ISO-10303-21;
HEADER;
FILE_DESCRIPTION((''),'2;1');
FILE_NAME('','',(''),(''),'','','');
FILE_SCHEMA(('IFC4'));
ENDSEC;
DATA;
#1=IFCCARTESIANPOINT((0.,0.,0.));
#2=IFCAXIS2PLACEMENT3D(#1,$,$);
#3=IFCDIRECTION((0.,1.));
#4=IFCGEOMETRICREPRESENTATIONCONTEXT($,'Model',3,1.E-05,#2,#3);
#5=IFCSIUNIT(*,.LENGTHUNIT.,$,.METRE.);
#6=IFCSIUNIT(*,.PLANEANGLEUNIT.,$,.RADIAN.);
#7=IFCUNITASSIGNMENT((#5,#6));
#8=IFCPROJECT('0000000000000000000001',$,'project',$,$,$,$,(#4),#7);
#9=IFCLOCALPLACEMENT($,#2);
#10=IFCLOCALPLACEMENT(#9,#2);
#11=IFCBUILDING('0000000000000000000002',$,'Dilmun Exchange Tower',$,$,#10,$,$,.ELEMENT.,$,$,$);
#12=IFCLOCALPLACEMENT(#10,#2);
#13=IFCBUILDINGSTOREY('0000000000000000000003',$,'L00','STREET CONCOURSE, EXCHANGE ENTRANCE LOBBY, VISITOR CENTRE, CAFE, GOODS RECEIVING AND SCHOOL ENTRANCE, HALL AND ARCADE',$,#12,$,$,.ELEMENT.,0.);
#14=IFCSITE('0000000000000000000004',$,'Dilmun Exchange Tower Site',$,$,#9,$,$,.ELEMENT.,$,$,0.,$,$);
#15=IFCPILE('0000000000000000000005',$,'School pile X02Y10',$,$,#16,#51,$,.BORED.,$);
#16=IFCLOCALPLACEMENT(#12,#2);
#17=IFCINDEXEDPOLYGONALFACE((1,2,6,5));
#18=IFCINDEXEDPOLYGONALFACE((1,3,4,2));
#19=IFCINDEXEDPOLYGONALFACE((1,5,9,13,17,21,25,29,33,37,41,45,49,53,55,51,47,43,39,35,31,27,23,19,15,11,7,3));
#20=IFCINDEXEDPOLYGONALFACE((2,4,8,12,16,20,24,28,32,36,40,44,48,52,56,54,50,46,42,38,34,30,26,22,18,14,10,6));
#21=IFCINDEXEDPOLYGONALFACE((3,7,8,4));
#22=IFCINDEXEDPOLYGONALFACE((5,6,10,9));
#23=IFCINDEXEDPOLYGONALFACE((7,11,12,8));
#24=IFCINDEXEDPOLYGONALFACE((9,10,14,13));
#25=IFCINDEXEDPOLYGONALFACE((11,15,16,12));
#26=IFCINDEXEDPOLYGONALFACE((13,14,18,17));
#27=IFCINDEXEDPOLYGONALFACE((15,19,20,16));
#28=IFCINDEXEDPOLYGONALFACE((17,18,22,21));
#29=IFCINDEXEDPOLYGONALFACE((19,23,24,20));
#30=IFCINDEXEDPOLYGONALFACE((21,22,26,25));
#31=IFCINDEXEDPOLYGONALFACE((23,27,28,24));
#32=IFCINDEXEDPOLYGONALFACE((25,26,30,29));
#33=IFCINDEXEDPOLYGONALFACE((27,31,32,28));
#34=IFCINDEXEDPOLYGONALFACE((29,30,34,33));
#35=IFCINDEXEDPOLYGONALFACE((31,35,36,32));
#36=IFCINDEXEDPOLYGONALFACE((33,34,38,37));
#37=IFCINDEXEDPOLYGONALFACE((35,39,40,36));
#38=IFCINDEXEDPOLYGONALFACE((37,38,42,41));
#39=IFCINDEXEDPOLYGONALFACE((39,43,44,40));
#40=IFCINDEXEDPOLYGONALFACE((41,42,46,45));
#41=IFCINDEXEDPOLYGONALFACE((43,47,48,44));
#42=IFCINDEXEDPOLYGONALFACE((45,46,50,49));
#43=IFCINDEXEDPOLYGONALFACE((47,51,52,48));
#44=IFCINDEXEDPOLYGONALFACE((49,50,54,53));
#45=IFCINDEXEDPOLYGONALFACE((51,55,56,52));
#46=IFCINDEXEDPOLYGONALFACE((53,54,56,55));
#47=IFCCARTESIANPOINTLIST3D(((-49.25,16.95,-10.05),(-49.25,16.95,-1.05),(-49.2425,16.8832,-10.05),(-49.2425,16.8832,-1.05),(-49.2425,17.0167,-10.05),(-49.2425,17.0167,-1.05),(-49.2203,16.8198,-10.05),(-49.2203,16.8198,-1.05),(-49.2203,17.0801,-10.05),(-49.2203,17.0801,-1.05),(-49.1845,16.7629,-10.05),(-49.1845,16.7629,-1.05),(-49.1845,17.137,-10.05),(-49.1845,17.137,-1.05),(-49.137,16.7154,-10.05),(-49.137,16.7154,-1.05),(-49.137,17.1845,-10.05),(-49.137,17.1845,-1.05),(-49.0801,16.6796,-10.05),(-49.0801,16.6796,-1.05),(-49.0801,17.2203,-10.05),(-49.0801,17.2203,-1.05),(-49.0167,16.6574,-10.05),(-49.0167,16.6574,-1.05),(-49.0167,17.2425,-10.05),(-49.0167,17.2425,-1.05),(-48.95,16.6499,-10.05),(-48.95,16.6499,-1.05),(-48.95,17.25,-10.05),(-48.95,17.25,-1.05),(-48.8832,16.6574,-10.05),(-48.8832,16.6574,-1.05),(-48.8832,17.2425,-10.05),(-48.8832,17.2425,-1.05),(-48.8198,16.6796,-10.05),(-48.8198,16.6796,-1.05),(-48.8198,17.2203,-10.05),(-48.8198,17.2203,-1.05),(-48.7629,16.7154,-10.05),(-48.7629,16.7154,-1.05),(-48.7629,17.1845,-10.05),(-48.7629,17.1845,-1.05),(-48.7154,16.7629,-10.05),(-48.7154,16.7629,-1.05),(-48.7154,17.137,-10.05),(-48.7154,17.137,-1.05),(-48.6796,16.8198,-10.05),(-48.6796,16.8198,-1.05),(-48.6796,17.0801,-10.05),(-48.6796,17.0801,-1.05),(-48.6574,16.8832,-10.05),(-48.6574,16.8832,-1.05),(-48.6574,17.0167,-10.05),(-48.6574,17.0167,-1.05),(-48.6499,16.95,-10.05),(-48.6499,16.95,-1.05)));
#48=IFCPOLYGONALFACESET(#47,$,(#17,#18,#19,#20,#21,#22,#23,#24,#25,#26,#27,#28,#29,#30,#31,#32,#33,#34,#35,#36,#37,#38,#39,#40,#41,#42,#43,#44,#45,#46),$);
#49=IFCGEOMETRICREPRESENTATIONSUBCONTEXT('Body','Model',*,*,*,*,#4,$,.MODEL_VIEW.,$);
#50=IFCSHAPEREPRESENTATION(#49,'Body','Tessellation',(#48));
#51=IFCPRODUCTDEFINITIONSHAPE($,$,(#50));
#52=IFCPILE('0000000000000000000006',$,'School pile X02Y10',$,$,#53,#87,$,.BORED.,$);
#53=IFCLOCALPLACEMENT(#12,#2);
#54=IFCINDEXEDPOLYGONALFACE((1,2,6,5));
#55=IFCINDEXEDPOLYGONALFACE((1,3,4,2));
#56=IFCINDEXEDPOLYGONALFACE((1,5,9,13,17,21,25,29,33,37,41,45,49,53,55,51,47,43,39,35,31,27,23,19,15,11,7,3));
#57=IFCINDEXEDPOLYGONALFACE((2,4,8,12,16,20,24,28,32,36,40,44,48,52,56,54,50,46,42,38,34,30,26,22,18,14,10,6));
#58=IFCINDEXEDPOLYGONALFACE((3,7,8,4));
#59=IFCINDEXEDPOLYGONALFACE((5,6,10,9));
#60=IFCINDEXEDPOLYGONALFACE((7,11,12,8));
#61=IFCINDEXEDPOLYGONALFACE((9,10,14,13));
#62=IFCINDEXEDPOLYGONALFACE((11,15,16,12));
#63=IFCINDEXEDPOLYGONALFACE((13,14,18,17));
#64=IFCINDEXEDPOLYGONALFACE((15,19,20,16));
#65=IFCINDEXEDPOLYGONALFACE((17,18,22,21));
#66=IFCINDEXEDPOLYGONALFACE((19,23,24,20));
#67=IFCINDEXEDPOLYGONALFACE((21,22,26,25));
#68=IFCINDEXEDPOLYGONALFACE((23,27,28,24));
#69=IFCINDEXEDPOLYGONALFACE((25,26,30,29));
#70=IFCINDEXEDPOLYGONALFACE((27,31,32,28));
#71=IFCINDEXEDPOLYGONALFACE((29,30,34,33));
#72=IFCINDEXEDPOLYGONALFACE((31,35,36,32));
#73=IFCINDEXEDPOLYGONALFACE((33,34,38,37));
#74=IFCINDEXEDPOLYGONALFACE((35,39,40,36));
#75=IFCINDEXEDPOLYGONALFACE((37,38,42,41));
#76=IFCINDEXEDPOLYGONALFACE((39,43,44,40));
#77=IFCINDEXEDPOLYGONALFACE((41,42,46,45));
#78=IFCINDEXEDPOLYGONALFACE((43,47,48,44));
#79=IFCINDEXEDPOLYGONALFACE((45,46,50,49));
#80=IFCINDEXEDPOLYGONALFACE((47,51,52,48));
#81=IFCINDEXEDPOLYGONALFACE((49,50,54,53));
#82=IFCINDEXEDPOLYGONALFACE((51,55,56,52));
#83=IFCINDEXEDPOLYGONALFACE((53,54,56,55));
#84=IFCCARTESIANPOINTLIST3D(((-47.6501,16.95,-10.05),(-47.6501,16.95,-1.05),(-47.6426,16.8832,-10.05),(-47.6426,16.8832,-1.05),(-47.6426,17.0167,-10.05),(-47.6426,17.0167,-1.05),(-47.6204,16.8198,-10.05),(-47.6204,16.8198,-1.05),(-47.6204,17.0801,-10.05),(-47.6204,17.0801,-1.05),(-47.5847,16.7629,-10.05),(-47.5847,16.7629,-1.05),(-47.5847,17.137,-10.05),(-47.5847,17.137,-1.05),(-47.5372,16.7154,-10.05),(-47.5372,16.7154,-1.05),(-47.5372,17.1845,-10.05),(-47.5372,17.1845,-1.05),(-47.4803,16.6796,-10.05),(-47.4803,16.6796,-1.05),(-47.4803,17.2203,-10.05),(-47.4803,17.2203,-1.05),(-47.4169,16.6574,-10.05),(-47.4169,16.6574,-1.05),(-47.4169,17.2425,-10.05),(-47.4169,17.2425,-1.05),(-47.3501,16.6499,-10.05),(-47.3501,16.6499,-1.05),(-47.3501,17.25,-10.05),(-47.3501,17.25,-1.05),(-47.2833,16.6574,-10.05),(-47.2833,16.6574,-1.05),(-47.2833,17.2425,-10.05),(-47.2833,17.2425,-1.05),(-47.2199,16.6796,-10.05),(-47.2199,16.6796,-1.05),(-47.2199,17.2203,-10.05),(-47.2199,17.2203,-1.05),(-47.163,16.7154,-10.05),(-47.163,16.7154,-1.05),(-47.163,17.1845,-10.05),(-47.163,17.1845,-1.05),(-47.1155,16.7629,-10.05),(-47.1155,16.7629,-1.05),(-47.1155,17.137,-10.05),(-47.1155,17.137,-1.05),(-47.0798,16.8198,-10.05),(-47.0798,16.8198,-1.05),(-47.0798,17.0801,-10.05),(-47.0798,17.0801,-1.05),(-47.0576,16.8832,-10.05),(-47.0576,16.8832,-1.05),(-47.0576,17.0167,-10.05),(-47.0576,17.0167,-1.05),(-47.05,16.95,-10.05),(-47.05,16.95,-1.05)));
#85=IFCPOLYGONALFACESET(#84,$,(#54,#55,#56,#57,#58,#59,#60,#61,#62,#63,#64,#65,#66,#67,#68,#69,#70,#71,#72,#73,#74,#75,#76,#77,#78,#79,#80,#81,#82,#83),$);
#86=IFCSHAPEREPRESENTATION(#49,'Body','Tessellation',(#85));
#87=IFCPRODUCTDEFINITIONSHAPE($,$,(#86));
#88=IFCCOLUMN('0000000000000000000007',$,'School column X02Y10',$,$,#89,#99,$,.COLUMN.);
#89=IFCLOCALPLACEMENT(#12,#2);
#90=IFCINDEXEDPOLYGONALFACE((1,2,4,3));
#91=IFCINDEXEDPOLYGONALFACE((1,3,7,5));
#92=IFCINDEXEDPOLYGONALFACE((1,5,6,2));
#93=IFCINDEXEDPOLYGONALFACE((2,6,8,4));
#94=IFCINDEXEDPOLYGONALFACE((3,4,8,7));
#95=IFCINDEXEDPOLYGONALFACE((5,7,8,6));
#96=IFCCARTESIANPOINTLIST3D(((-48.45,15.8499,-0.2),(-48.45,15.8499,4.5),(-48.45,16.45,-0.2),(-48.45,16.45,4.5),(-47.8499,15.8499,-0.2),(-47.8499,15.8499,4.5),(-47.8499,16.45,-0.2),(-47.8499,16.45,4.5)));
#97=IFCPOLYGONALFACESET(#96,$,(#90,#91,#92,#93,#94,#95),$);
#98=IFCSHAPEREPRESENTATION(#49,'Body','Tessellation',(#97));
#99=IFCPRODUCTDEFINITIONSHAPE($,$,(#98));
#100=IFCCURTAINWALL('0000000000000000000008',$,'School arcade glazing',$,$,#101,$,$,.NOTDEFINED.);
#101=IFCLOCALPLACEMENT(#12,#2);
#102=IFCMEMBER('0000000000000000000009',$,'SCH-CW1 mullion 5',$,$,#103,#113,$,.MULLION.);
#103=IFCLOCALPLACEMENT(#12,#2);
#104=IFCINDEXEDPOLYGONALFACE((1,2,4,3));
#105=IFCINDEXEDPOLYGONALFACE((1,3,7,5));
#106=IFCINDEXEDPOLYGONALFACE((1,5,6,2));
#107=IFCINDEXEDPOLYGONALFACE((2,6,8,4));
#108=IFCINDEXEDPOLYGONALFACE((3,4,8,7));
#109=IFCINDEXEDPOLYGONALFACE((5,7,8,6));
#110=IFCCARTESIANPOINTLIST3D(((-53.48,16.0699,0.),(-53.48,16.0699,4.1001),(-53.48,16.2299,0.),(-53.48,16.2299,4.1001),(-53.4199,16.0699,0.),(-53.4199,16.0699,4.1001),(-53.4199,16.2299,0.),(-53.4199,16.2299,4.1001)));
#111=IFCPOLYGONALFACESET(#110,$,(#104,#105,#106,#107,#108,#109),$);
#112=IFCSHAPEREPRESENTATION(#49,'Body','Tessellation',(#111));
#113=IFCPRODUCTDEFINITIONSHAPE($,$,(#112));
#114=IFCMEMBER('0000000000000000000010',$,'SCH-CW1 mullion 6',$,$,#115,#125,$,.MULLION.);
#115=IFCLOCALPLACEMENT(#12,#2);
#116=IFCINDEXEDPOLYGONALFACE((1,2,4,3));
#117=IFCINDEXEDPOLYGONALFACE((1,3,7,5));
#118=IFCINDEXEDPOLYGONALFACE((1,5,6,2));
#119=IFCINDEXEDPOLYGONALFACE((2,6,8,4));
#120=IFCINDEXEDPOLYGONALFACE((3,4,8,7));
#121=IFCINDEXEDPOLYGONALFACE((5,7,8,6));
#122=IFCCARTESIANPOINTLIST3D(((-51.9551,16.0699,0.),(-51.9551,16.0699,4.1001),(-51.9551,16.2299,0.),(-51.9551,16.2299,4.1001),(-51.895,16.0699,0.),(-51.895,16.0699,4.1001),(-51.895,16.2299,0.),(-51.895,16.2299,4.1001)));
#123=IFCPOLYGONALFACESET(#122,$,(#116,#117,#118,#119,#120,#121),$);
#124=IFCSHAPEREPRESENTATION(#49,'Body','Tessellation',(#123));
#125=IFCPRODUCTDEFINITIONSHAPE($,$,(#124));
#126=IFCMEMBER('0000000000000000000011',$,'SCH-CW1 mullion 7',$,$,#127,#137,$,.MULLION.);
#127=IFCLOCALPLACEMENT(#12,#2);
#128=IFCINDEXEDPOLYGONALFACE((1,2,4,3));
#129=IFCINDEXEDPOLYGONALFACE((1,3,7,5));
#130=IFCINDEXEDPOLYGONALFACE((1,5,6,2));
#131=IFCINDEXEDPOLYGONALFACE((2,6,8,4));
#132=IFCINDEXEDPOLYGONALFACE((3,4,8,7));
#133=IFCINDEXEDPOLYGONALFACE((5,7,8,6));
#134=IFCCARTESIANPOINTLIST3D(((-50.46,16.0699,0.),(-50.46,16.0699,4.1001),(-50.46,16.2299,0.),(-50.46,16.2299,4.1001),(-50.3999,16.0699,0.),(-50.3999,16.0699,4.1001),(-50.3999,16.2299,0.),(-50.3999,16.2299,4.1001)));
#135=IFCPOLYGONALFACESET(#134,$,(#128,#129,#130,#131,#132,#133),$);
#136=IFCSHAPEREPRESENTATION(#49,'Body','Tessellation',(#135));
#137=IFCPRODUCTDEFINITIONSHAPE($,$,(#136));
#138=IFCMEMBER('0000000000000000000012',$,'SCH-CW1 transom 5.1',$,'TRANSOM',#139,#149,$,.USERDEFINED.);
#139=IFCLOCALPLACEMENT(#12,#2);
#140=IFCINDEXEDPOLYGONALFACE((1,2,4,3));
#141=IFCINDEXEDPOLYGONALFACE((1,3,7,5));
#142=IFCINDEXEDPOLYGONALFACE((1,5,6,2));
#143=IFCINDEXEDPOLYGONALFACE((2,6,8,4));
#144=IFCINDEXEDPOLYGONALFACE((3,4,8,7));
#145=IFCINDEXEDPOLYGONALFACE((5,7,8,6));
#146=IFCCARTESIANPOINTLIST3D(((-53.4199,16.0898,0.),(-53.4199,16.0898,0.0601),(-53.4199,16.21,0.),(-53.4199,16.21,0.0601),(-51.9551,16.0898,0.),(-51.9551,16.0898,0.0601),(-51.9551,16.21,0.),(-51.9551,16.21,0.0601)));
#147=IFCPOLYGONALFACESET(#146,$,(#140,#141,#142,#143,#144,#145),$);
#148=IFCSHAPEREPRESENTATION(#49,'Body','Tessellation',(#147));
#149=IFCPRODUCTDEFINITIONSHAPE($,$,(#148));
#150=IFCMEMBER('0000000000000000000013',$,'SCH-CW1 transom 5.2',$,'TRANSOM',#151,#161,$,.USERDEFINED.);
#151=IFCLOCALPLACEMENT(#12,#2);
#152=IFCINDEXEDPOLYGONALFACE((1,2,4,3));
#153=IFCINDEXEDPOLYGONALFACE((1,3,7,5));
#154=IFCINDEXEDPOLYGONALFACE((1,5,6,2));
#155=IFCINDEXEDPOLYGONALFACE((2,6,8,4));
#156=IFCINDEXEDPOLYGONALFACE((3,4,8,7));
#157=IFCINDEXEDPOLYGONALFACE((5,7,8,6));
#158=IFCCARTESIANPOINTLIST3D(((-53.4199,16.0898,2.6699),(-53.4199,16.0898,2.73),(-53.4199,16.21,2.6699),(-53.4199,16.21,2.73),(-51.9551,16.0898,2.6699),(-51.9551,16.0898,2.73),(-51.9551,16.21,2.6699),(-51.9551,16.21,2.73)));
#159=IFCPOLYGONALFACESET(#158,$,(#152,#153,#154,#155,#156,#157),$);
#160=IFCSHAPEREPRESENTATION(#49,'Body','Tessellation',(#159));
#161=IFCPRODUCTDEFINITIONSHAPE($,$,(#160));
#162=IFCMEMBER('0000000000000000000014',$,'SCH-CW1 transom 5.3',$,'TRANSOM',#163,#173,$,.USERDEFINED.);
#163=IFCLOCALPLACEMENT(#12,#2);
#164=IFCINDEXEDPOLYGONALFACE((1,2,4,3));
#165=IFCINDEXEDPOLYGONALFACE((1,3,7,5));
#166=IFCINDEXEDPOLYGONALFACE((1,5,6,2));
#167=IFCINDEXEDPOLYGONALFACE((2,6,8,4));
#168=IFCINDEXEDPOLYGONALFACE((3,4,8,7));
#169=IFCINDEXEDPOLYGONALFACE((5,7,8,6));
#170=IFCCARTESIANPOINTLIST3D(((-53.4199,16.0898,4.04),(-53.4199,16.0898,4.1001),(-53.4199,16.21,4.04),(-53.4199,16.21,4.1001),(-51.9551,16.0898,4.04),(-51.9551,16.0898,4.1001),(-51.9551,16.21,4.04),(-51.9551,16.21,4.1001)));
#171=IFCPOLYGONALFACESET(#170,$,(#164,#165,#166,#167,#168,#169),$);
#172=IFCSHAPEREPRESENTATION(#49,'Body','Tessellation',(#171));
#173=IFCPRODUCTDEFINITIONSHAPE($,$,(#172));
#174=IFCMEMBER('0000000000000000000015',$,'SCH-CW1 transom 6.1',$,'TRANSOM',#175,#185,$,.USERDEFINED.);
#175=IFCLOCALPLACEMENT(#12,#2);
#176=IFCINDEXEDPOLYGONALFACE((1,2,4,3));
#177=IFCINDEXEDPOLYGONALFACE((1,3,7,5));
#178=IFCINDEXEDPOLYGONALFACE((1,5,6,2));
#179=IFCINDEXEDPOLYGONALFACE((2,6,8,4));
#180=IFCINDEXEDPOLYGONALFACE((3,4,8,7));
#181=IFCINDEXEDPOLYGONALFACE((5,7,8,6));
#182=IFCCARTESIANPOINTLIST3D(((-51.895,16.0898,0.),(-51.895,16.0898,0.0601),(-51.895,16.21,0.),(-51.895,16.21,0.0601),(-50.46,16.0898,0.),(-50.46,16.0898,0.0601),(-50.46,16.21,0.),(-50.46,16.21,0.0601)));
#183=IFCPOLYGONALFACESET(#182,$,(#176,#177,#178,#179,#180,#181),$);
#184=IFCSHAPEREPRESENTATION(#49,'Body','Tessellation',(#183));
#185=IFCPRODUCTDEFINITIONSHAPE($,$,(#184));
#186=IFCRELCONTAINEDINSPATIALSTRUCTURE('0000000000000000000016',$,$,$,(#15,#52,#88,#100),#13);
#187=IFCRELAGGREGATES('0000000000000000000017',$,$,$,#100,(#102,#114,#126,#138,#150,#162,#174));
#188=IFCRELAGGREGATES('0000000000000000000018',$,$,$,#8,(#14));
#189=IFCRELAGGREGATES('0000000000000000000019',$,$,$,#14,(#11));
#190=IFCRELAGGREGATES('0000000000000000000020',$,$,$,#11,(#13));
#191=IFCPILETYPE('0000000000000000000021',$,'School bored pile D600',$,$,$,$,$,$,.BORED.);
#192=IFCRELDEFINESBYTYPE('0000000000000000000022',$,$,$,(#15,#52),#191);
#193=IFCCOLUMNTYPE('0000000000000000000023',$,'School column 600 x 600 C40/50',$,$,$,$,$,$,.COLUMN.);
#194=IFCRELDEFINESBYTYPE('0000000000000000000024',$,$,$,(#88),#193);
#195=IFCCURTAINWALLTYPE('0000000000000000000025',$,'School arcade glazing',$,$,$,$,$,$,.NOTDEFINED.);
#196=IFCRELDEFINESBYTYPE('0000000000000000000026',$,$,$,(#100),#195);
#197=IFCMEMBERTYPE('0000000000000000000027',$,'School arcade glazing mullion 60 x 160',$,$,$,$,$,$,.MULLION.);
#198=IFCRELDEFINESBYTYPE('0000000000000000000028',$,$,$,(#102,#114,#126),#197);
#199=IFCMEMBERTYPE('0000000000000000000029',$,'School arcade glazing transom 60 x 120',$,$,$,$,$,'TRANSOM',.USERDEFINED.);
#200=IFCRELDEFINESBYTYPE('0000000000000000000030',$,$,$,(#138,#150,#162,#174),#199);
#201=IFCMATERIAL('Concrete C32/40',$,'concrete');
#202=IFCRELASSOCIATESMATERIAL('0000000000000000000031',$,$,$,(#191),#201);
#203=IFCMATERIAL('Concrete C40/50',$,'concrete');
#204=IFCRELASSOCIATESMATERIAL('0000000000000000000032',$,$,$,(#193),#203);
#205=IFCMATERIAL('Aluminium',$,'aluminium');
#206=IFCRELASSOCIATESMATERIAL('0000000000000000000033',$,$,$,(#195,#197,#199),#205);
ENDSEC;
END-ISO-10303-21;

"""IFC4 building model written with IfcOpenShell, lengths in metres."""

from ifc_helpers import new_model, si_unit, direction, frame, origin, origin_2d, place, context, subcontext, project, spatial, rectangle, circle, extrude, material, material_profile, profile_set, type_object, element, aggregate, save


model = new_model("IFC4")

# Units and contexts
model_context = context("Model", 3, precision=1e-05, world=origin(), true_north=direction((0.0, 1.0)))
body_context = subcontext(model_context, "Body", "Model", "MODEL_VIEW")
ifc_project = project(units=[si_unit("LENGTHUNIT", "METRE"), si_unit("PLANEANGLEUNIT", "RADIAN")], contexts=[model_context])

# Site, building, storey
site_placement = place(None, origin())
site = spatial("IfcSite", under=ifc_project, at=site_placement, Name="Dilmun Exchange Tower Site", CompositionType="ELEMENT", RefElevation=0.0)
building_placement = place(site_placement, origin())
building = spatial("IfcBuilding", under=site, at=building_placement, Name="Dilmun Exchange Tower", CompositionType="ELEMENT")
storey_placement = place(building_placement, origin())
storey = spatial("IfcBuildingStorey", under=building, at=storey_placement, Name="L00", Description="STREET CONCOURSE, EXCHANGE ENTRANCE LOBBY, VISITOR CENTRE, CAFE, GOODS RECEIVING AND SCHOOL ENTRANCE, HALL AND ARCADE", CompositionType="ELEMENT", Elevation=0.0)

# Piles
ifc_material_1 = material(Name="Concrete C32/40", Category="concrete")
ifc_material_profile_1 = material_profile(ifc_material_1, circle(Radius=0.3, at=origin_2d()), Name="D600")
ifc_profile_set_1 = profile_set([ifc_material_profile_1], Name="Concrete C32/40")
pile_type = type_object("IfcPileType", Name="School bored pile D600", PredefinedType="BORED", material=ifc_profile_set_1)
for number, where, z_axis, x_axis, name in (
    (1, (-48.95, 16.95, -1.05), (0.0, 0.0, -1.0), (1.0, 0.0, 0.0), "School pile X02Y10"),
    (2, (-47.3501, 16.95, -1.05), (0.0, 0.0, -1.0), (1.0, 0.0, 0.0), "School pile X02Y10"),
):
    element("IfcPile", number, at=place(storey_placement, frame(where, z_axis=z_axis, x_axis=x_axis)), inside=storey, type_object=pile_type, Name=name, PredefinedType="BORED", context=body_context, shape_type="SweptSolid", body=[
        extrude(circle(Radius=0.3, at=origin_2d()), origin(), (0.0, 0.0, 1.0), 9.0),
    ])

# Column
ifc_material_2 = material(Name="Concrete C40/50", Category="concrete")
ifc_material_profile_2 = material_profile(ifc_material_2, rectangle(XDim=0.6001, YDim=0.6001, at=origin_2d()), Name="600 x 600")
ifc_profile_set_2 = profile_set([ifc_material_profile_2], Name="Concrete C40/50")
column_type = type_object("IfcColumnType", Name="School column 600 x 600 C40/50", PredefinedType="COLUMN", material=ifc_profile_set_2)
column_placement = place(storey_placement, frame((-48.1499, 16.1499, -0.2), z_axis=(0.0, 0.0, 1.0), x_axis=(1.0, 0.0, 0.0)))
element("IfcColumn", 3, at=column_placement, inside=storey, type_object=column_type, Name="School column X02Y10", PredefinedType="COLUMN", context=body_context, shape_type="SweptSolid", body=[
    extrude(rectangle(XDim=0.6001, YDim=0.6001, at=origin_2d()), origin(), (0.0, 0.0, 1.0), 4.7),
])

# Curtain wall, members
ifc_material_3 = material(Name="Aluminium", Category="aluminium")
curtain_wall_type = type_object("IfcCurtainWallType", Name="School arcade glazing", PredefinedType="NOTDEFINED", material=ifc_material_3)
curtain_wall_placement = place(storey_placement, origin())
curtain_wall = element("IfcCurtainWall", 4, at=curtain_wall_placement, inside=storey, type_object=curtain_wall_type, Name="School arcade glazing", PredefinedType="NOTDEFINED")
ifc_material_profile_3 = material_profile(ifc_material_3, rectangle(XDim=0.1599, YDim=0.0601, at=origin_2d()), Name="60 x 160")
ifc_profile_set_3 = profile_set([ifc_material_profile_3], Name="Aluminium")
member_type_1 = type_object("IfcMemberType", Name="School arcade glazing mullion 60 x 160", PredefinedType="MULLION", material=ifc_profile_set_3)
member_1_placement = place(storey_placement, frame((-53.45, 16.1499, 0.0), z_axis=(0.0, 0.0, 1.0), x_axis=(0.0, 1.0, 0.0)))
member_1 = element("IfcMember", 5, at=member_1_placement, type_object=member_type_1, Name="SCH-CW1 mullion 5", PredefinedType="MULLION", context=body_context, shape_type="SweptSolid", body=[
    extrude(rectangle(XDim=0.1599, YDim=0.0601, at=origin_2d()), origin(), (0.0, 0.0, 1.0), 4.1001),
])
member_2_placement = place(storey_placement, frame((-51.925, 16.1499, 0.0), z_axis=(0.0, 0.0, 1.0), x_axis=(0.0, 1.0, 0.0)))
member_2 = element("IfcMember", 6, at=member_2_placement, type_object=member_type_1, Name="SCH-CW1 mullion 6", PredefinedType="MULLION", context=body_context, shape_type="SweptSolid", body=[
    extrude(rectangle(XDim=0.1599, YDim=0.0601, at=origin_2d()), origin(), (0.0, 0.0, 1.0), 4.1001),
])
member_3_placement = place(storey_placement, frame((-50.4299, 16.1499, 0.0), z_axis=(0.0, 0.0, 1.0), x_axis=(0.0, 1.0, 0.0)))
member_3 = element("IfcMember", 7, at=member_3_placement, type_object=member_type_1, Name="SCH-CW1 mullion 7", PredefinedType="MULLION", context=body_context, shape_type="SweptSolid", body=[
    extrude(rectangle(XDim=0.1599, YDim=0.0601, at=origin_2d()), origin(), (0.0, 0.0, 1.0), 4.1001),
])
ifc_material_profile_4 = material_profile(ifc_material_3, rectangle(XDim=0.1201, YDim=0.0601, at=origin_2d()), Name="60 x 120")
ifc_profile_set_4 = profile_set([ifc_material_profile_4], Name="Aluminium")
member_type_2 = type_object("IfcMemberType", Name="School arcade glazing transom 60 x 120", ElementType="TRANSOM", PredefinedType="USERDEFINED", material=ifc_profile_set_4)
member_4_placement = place(storey_placement, frame((-53.4199, 16.1499, 0.03), z_axis=(1.0, 0.0, 0.0), x_axis=(0.0, 1.0, 0.0)))
member_4 = element("IfcMember", 8, at=member_4_placement, type_object=member_type_2, Name="SCH-CW1 transom 5.1", ObjectType="TRANSOM", PredefinedType="USERDEFINED", context=body_context, shape_type="SweptSolid", body=[
    extrude(rectangle(XDim=0.1201, YDim=0.0601, at=origin_2d()), origin(), (0.0, 0.0, 1.0), 1.4648),
])
member_5_placement = place(storey_placement, frame((-53.4199, 16.1499, 2.7), z_axis=(1.0, 0.0, 0.0), x_axis=(0.0, 1.0, 0.0)))
member_5 = element("IfcMember", 9, at=member_5_placement, type_object=member_type_2, Name="SCH-CW1 transom 5.2", ObjectType="TRANSOM", PredefinedType="USERDEFINED", context=body_context, shape_type="SweptSolid", body=[
    extrude(rectangle(XDim=0.1201, YDim=0.0601, at=origin_2d()), origin(), (0.0, 0.0, 1.0), 1.4648),
])
member_6_placement = place(storey_placement, frame((-53.4199, 16.1499, 4.0701), z_axis=(1.0, 0.0, 0.0), x_axis=(0.0, 1.0, 0.0)))
member_6 = element("IfcMember", 10, at=member_6_placement, type_object=member_type_2, Name="SCH-CW1 transom 5.3", ObjectType="TRANSOM", PredefinedType="USERDEFINED", context=body_context, shape_type="SweptSolid", body=[
    extrude(rectangle(XDim=0.1201, YDim=0.0601, at=origin_2d()), origin(), (0.0, 0.0, 1.0), 1.4648),
])
member_7_placement = place(storey_placement, frame((-51.895, 16.1499, 0.03), z_axis=(1.0, 0.0, 0.0), x_axis=(0.0, 1.0, 0.0)))
member_7 = element("IfcMember", 11, at=member_7_placement, type_object=member_type_2, Name="SCH-CW1 transom 6.1", ObjectType="TRANSOM", PredefinedType="USERDEFINED", context=body_context, shape_type="SweptSolid", body=[
    extrude(rectangle(XDim=0.1201, YDim=0.0601, at=origin_2d()), origin(), (0.0, 0.0, 1.0), 1.4351),
])

aggregate(curtain_wall, [member_1, member_2, member_3, member_4, member_5, member_6, member_7])

save(model, "model.ifc")
